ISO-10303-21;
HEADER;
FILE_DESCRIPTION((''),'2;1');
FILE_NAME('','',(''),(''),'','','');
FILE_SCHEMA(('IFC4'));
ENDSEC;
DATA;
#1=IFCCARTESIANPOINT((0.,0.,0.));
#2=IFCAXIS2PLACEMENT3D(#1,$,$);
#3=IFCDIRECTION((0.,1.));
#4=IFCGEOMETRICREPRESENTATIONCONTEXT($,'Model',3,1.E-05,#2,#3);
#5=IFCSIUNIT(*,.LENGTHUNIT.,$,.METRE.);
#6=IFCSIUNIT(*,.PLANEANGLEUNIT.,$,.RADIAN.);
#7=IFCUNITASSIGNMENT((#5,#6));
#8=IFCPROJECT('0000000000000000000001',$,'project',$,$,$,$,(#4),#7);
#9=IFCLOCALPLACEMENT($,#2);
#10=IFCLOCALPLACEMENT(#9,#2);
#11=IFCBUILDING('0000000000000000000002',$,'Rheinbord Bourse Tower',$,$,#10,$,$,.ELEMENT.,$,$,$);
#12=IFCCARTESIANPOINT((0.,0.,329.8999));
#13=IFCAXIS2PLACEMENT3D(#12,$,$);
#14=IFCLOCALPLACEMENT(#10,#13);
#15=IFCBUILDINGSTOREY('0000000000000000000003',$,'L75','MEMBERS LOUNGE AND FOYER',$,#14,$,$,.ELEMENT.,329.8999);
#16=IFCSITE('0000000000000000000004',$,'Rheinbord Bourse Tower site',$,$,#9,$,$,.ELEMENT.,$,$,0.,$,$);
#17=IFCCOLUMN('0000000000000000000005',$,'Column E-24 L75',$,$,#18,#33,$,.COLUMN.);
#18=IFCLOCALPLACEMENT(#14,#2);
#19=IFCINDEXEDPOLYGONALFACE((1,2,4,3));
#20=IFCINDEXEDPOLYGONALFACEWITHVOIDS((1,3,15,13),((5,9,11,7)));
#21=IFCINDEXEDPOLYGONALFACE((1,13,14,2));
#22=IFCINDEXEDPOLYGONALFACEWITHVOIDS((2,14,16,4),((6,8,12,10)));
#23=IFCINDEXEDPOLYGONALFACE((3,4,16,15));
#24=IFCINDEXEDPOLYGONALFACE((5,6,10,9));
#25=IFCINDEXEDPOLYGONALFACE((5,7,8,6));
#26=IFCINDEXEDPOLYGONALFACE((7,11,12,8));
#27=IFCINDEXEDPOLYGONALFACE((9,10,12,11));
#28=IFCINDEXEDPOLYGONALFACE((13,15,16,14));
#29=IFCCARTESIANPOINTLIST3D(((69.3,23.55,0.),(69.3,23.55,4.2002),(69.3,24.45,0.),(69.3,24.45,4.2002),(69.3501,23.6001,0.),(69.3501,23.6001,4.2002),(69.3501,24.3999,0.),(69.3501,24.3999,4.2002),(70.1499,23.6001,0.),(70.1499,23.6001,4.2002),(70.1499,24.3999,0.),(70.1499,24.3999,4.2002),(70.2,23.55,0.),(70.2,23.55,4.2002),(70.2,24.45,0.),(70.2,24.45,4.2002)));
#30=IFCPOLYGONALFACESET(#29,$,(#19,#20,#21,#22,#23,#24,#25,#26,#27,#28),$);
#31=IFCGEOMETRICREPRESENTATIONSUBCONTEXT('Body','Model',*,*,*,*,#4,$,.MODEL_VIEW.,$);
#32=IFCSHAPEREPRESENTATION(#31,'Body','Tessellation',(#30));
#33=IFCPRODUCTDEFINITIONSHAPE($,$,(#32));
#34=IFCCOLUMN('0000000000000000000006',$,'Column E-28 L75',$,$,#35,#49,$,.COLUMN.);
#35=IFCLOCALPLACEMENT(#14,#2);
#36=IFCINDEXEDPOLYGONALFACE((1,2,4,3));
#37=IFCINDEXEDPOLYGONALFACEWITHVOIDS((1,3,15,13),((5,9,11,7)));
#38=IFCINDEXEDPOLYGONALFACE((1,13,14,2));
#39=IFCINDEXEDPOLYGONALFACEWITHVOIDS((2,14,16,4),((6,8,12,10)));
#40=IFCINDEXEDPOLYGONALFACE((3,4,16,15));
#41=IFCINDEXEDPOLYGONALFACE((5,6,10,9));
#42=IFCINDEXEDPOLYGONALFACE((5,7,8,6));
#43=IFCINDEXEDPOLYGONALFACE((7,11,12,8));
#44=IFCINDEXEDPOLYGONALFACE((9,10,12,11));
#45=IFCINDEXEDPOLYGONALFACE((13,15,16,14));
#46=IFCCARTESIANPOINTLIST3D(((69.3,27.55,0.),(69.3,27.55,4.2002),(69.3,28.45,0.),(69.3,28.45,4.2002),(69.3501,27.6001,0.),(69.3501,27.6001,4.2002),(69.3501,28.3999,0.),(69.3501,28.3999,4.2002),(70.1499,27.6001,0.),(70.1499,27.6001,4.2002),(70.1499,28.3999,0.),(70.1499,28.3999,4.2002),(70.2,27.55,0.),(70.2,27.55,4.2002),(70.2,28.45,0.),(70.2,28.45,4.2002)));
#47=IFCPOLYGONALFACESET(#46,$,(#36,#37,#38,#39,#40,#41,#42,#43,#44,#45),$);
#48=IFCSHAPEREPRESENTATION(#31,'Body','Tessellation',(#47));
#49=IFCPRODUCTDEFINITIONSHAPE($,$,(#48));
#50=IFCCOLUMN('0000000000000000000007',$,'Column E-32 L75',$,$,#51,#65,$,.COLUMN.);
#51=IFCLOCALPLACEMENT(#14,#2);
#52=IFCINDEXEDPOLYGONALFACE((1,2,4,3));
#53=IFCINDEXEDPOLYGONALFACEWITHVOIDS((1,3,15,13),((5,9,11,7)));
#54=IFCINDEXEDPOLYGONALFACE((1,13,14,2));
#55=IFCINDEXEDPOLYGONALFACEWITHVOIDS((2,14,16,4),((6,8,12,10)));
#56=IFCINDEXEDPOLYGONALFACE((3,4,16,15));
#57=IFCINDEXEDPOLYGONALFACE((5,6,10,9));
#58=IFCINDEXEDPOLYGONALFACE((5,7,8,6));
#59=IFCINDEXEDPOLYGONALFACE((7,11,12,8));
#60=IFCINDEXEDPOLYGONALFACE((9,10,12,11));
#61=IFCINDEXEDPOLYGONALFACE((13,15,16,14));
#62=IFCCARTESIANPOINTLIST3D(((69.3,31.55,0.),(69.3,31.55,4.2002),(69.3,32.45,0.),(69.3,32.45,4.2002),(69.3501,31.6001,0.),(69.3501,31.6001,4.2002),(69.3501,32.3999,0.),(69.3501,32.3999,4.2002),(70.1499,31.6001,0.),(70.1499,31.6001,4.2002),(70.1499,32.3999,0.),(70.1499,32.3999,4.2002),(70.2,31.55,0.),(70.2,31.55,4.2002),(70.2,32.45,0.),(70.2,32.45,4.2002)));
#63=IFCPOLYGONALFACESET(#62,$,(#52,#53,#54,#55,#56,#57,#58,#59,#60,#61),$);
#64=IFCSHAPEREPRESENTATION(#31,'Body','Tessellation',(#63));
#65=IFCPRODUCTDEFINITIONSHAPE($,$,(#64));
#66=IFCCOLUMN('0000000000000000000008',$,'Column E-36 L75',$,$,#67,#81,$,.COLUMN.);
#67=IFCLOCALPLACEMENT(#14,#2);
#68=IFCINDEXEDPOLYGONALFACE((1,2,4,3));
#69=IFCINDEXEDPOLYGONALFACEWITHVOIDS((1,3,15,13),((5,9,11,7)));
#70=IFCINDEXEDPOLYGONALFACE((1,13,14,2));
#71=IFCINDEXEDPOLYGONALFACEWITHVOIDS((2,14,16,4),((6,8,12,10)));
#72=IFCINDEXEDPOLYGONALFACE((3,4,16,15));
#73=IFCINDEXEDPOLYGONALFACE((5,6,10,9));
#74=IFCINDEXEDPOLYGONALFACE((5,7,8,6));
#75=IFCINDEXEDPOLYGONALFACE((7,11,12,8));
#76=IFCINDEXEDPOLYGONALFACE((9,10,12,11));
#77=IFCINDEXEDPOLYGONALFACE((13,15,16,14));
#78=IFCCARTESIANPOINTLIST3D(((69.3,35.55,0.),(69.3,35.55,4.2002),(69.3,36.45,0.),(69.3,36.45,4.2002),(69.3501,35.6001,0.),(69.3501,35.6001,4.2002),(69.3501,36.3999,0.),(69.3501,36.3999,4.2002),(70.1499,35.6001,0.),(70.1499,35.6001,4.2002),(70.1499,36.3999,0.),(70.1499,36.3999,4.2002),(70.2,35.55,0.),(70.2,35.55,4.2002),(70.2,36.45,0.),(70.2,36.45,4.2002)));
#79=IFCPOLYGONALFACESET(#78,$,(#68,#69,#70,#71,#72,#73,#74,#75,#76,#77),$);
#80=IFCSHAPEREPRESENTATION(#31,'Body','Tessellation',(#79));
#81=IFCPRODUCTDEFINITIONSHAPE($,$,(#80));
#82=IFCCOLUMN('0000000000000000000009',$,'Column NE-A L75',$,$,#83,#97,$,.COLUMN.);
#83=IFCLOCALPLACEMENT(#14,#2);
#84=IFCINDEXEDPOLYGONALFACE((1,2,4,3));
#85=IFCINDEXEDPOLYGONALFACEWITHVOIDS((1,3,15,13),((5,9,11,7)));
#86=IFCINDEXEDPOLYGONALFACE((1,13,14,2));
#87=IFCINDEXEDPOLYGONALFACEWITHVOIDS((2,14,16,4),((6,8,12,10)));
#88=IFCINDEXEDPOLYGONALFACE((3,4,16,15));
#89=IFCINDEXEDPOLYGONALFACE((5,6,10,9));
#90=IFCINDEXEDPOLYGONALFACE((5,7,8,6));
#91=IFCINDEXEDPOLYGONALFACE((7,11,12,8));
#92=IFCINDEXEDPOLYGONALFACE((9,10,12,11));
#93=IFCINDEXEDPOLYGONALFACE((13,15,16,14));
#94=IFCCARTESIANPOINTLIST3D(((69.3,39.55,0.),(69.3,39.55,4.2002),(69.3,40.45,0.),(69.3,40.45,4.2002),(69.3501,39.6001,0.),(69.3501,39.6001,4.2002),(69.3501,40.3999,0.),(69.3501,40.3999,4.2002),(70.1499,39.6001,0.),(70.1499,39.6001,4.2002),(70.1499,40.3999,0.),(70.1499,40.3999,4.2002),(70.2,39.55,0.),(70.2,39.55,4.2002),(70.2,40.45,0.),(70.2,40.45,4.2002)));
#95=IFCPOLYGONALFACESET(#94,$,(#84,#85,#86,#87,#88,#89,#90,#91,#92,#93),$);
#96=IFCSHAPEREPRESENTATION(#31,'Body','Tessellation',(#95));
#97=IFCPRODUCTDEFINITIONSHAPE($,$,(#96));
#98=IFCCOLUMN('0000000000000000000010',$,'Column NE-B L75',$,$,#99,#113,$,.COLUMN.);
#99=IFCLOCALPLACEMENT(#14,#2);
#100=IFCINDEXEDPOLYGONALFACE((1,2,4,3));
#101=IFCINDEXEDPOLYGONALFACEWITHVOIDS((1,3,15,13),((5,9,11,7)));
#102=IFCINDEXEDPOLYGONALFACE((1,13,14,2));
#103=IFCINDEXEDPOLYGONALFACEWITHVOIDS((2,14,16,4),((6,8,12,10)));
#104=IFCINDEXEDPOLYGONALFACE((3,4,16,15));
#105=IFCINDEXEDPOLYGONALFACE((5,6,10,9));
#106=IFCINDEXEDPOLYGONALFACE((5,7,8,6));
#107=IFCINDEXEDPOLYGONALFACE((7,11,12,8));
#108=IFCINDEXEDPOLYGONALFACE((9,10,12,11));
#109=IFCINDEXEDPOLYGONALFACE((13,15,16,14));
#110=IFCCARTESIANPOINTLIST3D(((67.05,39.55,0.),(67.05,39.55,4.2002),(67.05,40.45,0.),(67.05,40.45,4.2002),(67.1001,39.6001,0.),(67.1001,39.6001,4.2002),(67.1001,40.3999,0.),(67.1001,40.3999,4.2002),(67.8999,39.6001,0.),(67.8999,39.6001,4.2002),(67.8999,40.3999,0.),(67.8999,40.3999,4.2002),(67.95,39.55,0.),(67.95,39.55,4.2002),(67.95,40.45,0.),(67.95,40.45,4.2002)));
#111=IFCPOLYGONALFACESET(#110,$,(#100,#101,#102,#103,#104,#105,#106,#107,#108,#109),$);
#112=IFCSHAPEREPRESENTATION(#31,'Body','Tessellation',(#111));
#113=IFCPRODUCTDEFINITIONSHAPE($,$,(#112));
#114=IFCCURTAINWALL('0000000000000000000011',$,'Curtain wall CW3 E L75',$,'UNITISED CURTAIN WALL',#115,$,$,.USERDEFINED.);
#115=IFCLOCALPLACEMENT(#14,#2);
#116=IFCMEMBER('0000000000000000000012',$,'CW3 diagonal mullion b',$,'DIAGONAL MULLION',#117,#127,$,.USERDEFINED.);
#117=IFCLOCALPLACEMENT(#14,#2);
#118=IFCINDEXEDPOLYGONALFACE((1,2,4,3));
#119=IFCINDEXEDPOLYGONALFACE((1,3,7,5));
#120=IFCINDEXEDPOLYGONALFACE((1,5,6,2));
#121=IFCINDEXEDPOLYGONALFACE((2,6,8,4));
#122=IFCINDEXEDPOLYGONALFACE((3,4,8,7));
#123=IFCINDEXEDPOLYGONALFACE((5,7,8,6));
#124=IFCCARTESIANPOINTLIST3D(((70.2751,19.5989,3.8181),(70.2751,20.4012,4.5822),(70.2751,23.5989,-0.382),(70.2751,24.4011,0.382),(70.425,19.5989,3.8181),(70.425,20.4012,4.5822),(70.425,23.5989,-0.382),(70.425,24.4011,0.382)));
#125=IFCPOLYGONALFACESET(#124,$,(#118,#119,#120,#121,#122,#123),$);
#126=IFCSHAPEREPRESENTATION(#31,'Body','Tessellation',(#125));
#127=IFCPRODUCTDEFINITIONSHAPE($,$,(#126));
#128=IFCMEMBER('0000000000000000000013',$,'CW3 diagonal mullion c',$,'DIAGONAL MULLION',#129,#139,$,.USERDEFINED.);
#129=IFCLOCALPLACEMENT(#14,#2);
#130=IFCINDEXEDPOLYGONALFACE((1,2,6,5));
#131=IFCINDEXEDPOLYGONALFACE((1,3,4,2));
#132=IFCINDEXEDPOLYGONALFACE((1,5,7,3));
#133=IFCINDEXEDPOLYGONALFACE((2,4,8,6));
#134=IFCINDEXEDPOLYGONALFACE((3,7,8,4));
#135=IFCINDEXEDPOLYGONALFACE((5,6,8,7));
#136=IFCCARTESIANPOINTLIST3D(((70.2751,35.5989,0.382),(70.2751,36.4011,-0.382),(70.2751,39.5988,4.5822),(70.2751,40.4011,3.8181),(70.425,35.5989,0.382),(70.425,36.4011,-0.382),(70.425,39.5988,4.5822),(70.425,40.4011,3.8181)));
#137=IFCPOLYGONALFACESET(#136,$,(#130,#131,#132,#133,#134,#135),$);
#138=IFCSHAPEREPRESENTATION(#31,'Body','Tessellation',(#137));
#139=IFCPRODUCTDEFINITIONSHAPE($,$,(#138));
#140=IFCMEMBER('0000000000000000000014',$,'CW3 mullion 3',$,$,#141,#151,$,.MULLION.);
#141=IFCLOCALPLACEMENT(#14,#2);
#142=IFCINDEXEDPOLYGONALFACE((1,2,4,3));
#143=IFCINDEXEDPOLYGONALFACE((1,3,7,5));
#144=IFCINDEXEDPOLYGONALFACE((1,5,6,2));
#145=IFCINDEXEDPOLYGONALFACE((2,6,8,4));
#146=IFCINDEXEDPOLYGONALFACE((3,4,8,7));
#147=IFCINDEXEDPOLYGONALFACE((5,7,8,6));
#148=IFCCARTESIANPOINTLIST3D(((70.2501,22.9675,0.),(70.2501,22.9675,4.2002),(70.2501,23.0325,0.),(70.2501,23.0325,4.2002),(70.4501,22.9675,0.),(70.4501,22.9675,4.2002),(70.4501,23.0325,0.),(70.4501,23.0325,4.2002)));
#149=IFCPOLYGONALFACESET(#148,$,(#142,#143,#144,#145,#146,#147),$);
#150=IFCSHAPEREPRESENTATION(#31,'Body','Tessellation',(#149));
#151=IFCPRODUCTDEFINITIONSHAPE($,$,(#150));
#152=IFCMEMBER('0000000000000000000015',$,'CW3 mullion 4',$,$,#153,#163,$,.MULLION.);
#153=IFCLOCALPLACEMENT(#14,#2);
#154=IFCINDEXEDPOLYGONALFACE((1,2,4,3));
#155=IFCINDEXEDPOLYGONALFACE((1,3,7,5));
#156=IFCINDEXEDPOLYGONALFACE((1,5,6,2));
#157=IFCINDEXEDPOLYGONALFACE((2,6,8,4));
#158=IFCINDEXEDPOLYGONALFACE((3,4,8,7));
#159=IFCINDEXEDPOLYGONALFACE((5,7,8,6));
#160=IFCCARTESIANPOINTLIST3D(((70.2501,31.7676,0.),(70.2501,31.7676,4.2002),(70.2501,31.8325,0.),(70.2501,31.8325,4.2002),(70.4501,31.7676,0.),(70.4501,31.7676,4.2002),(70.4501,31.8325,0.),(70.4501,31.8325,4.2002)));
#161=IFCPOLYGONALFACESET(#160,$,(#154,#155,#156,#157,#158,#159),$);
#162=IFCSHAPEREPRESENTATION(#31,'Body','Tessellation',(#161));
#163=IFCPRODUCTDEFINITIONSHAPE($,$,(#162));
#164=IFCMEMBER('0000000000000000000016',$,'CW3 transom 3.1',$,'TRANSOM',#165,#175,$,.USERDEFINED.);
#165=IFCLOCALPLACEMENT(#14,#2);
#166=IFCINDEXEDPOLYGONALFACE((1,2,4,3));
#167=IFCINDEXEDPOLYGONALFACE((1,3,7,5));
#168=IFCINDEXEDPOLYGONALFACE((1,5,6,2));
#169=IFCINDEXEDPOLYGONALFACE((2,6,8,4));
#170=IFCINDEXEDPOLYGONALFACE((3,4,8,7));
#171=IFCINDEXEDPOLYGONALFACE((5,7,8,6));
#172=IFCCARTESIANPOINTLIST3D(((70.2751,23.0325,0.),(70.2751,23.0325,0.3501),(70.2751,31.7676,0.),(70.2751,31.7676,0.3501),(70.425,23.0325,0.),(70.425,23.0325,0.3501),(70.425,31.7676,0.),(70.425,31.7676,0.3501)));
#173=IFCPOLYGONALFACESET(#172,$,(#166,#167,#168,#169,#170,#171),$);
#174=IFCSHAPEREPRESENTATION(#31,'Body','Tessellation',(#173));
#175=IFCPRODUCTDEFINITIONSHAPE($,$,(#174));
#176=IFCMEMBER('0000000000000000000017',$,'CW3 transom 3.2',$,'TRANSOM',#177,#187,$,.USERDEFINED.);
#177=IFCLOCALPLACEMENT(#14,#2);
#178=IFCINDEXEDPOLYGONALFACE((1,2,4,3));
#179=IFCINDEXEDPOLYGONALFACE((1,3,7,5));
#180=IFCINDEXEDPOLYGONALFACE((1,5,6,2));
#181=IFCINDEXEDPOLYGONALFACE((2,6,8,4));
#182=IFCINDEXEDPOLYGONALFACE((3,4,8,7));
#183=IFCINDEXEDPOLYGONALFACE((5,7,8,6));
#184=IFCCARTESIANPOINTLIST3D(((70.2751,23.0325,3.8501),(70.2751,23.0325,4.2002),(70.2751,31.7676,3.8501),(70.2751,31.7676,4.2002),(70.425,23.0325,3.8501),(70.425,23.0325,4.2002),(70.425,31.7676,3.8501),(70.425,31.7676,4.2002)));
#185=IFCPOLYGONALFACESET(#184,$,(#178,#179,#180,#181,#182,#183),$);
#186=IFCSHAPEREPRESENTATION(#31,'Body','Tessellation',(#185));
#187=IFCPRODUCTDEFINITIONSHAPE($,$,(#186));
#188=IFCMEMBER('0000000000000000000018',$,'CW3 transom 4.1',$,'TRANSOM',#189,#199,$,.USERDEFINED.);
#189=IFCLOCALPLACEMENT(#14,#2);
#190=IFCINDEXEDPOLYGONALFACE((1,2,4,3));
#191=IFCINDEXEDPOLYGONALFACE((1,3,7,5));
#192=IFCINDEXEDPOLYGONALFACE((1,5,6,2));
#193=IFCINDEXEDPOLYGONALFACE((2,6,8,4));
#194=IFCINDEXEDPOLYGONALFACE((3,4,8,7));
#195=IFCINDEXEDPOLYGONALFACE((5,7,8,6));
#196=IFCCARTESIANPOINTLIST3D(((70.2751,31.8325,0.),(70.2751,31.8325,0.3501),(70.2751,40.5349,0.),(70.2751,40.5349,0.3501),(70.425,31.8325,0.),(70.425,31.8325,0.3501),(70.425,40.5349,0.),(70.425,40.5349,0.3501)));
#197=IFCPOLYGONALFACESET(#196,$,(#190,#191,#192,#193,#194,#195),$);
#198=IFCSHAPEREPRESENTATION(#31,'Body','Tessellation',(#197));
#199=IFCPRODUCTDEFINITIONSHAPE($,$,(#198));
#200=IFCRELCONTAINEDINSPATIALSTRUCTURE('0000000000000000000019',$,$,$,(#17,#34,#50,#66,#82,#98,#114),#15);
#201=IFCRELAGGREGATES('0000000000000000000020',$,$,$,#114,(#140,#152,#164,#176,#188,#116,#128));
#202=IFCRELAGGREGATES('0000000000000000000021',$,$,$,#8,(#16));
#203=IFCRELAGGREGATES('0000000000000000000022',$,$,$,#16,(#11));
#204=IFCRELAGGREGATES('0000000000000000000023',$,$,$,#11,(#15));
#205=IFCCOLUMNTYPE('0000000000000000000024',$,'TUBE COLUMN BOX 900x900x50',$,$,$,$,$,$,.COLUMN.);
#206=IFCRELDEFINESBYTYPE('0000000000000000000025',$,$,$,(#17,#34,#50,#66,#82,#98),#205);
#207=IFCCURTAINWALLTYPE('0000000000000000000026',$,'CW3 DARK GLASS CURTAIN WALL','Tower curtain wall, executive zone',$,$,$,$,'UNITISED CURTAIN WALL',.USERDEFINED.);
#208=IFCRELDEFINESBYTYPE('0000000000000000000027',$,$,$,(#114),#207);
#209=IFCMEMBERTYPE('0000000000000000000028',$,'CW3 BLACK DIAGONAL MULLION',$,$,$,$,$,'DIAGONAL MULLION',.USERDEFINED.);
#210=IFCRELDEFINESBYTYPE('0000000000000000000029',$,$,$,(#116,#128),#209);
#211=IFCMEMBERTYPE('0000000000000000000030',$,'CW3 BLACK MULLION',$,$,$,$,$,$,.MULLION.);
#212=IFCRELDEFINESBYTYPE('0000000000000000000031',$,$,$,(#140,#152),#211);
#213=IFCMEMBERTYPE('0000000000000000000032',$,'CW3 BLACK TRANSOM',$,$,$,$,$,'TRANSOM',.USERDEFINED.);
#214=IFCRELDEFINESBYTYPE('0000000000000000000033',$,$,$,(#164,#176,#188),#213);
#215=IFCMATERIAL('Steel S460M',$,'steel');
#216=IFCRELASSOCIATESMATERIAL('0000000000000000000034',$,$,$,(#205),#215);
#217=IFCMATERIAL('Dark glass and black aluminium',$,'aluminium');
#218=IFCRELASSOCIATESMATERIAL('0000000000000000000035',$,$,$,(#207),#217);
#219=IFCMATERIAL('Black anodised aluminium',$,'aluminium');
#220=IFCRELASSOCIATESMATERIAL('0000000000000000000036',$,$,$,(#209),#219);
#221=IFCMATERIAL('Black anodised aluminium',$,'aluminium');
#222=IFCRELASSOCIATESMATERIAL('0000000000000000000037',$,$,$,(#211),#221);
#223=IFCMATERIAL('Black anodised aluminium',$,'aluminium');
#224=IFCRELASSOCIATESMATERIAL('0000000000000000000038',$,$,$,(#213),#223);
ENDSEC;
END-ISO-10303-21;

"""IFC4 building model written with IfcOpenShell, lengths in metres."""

from ifc_helpers import new_model, si_unit, direction, frame, origin, origin_2d, place, context, subcontext, project, spatial, rectangle, hollow_rectangle, extrude, material, material_profile, profile_set, type_object, element, aggregate, save


model = new_model("IFC4")

# Units and contexts
model_context = context("Model", 3, precision=1e-05, world=origin(), true_north=direction((0.0, 1.0)))
body_context = subcontext(model_context, "Body", "Model", "MODEL_VIEW")
ifc_project = project(units=[si_unit("LENGTHUNIT", "METRE"), si_unit("PLANEANGLEUNIT", "RADIAN")], contexts=[model_context])

# Site, building, storey
site_placement = place(None, origin())
site = spatial("IfcSite", under=ifc_project, at=site_placement, Name="Rheinbord Bourse Tower site", CompositionType="ELEMENT", RefElevation=0.0)
building_placement = place(site_placement, origin())
building = spatial("IfcBuilding", under=site, at=building_placement, Name="Rheinbord Bourse Tower", CompositionType="ELEMENT")
storey_placement = place(building_placement, frame((0.0, 0.0, 329.8999)))
storey = spatial("IfcBuildingStorey", under=building, at=storey_placement, Name="L75", Description="MEMBERS LOUNGE AND FOYER", CompositionType="ELEMENT", Elevation=329.8999)

# Columns
ifc_material_1 = material(Name="Steel S460M", Category="steel")
ifc_material_profile_1 = material_profile(ifc_material_1, hollow_rectangle(XDim=0.8999, YDim=0.8999, WallThickness=0.05, at=origin_2d()), Name="BOX 900x900x50")
ifc_profile_set_1 = profile_set([ifc_material_profile_1], Name="Steel S460M")
column_type = type_object("IfcColumnType", Name="TUBE COLUMN BOX 900x900x50", PredefinedType="COLUMN", material=ifc_profile_set_1)
for number, where, z_axis, x_axis, name in (
    (1, (69.75, 24.0, 0.0), (0.0, 0.0, 1.0), (1.0, 0.0, 0.0), "Column E-24 L75"),
    (2, (69.75, 28.0, 0.0), (0.0, 0.0, 1.0), (1.0, 0.0, 0.0), "Column E-28 L75"),
    (3, (69.75, 32.0, 0.0), (0.0, 0.0, 1.0), (1.0, 0.0, 0.0), "Column E-32 L75"),
    (4, (69.75, 36.0, 0.0), (0.0, 0.0, 1.0), (1.0, 0.0, 0.0), "Column E-36 L75"),
    (5, (69.75, 40.0, 0.0), (0.0, 0.0, 1.0), (1.0, 0.0, 0.0), "Column NE-A L75"),
    (6, (67.5, 40.0, 0.0), (0.0, 0.0, 1.0), (1.0, 0.0, 0.0), "Column NE-B L75"),
):
    element("IfcColumn", number, at=place(storey_placement, frame(where, z_axis=z_axis, x_axis=x_axis)), inside=storey, type_object=column_type, Name=name, PredefinedType="COLUMN", context=body_context, shape_type="SweptSolid", body=[
        extrude(hollow_rectangle(XDim=0.8999, YDim=0.8999, WallThickness=0.05, at=origin_2d()), origin(), (0.0, 0.0, 1.0), 4.2002),
    ])

# Curtain wall, members
ifc_material_2 = material(Name="Dark glass and black aluminium", Category="aluminium")
curtain_wall_type = type_object("IfcCurtainWallType", Name="CW3 DARK GLASS CURTAIN WALL", Description="Tower curtain wall, executive zone", ElementType="UNITISED CURTAIN WALL", PredefinedType="USERDEFINED", material=ifc_material_2)
curtain_wall_placement = place(storey_placement, origin())
curtain_wall = element("IfcCurtainWall", 7, at=curtain_wall_placement, inside=storey, type_object=curtain_wall_type, Name="Curtain wall CW3 E L75", ObjectType="UNITISED CURTAIN WALL", PredefinedType="USERDEFINED")
ifc_material_3 = material(Name="Black anodised aluminium", Category="aluminium")
ifc_material_profile_2 = material_profile(ifc_material_3, rectangle(XDim=0.1499, YDim=1.1079, at=origin_2d()), Name="CW3 DIAGONAL MULLION 1108x150")
ifc_profile_set_2 = profile_set([ifc_material_profile_2], Name="Black anodised aluminium")
member_type_1 = type_object("IfcMemberType", Name="CW3 BLACK DIAGONAL MULLION", ElementType="DIAGONAL MULLION", PredefinedType="USERDEFINED", material=ifc_profile_set_2)
member_1_placement = place(storey_placement, frame((70.3501, 24.0, 0.0), z_axis=(0.0, -0.689638, 0.724154), x_axis=(1.0, 0.0, 0.0)))
member_1 = element("IfcMember", 8, at=member_1_placement, type_object=member_type_1, Name="CW3 diagonal mullion b", ObjectType="DIAGONAL MULLION", PredefinedType="USERDEFINED", context=body_context, shape_type="SweptSolid", body=[
    extrude(rectangle(XDim=0.1499, YDim=1.1079, at=origin_2d()), origin(), (0.0, 0.0, 1.0), 5.8),
])
member_2_placement = place(storey_placement, frame((70.3501, 36.0, 0.0), z_axis=(0.0, 0.689638, 0.724154), x_axis=(-1.0, 0.0, 0.0)))
member_2 = element("IfcMember", 9, at=member_2_placement, type_object=member_type_1, Name="CW3 diagonal mullion c", ObjectType="DIAGONAL MULLION", PredefinedType="USERDEFINED", context=body_context, shape_type="SweptSolid", body=[
    extrude(rectangle(XDim=0.1499, YDim=1.1079, at=origin_2d()), origin(), (0.0, 0.0, 1.0), 5.8),
])
ifc_material_4 = material(Name="Black anodised aluminium", Category="aluminium")
ifc_material_profile_3 = material_profile(ifc_material_4, rectangle(XDim=0.2, YDim=0.0649, at=origin_2d()), Name="CW3 MULLION 65x200")
ifc_profile_set_3 = profile_set([ifc_material_profile_3], Name="Black anodised aluminium")
member_type_2 = type_object("IfcMemberType", Name="CW3 BLACK MULLION", PredefinedType="MULLION", material=ifc_profile_set_3)
member_3_placement = place(storey_placement, frame((70.3501, 23.0, 0.0), z_axis=(0.0, 0.0, 1.0), x_axis=(-1.0, 0.0, 0.0)))
member_3 = element("IfcMember", 10, at=member_3_placement, type_object=member_type_2, Name="CW3 mullion 3", PredefinedType="MULLION", context=body_context, shape_type="SweptSolid", body=[
    extrude(rectangle(XDim=0.2, YDim=0.0649, at=origin_2d()), origin(), (0.0, 0.0, 1.0), 4.2002),
])
member_4_placement = place(storey_placement, frame((70.3501, 31.8, 0.0), z_axis=(0.0, 0.0, 1.0), x_axis=(-1.0, 0.0, 0.0)))
member_4 = element("IfcMember", 11, at=member_4_placement, type_object=member_type_2, Name="CW3 mullion 4", PredefinedType="MULLION", context=body_context, shape_type="SweptSolid", body=[
    extrude(rectangle(XDim=0.2, YDim=0.0649, at=origin_2d()), origin(), (0.0, 0.0, 1.0), 4.2002),
])
ifc_material_5 = material(Name="Black anodised aluminium", Category="aluminium")
ifc_material_profile_4 = material_profile(ifc_material_5, rectangle(XDim=0.1499, YDim=0.3501, at=origin_2d()), Name="CW3 TRANSOM 350x150")
ifc_profile_set_4 = profile_set([ifc_material_profile_4], Name="Black anodised aluminium")
member_type_3 = type_object("IfcMemberType", Name="CW3 BLACK TRANSOM", ElementType="TRANSOM", PredefinedType="USERDEFINED", material=ifc_profile_set_4)
member_5_placement = place(storey_placement, frame((70.3501, 23.0325, 0.175), z_axis=(0.0, 1.0, 0.0), x_axis=(-1.0, 0.0, 0.0)))
member_5 = element("IfcMember", 12, at=member_5_placement, type_object=member_type_3, Name="CW3 transom 3.1", ObjectType="TRANSOM", PredefinedType="USERDEFINED", context=body_context, shape_type="SweptSolid", body=[
    extrude(rectangle(XDim=0.1499, YDim=0.3501, at=origin_2d()), origin(), (0.0, 0.0, 1.0), 8.7351),
])
member_6_placement = place(storey_placement, frame((70.3501, 23.0325, 4.0251), z_axis=(0.0, 1.0, 0.0), x_axis=(-1.0, 0.0, 0.0)))
member_6 = element("IfcMember", 13, at=member_6_placement, type_object=member_type_3, Name="CW3 transom 3.2", ObjectType="TRANSOM", PredefinedType="USERDEFINED", context=body_context, shape_type="SweptSolid", body=[
    extrude(rectangle(XDim=0.1499, YDim=0.3501, at=origin_2d()), origin(), (0.0, 0.0, 1.0), 8.7351),
])
member_7_placement = place(storey_placement, frame((70.3501, 31.8325, 0.175), z_axis=(0.0, 1.0, 0.0), x_axis=(-1.0, 0.0, 0.0)))
member_7 = element("IfcMember", 14, at=member_7_placement, type_object=member_type_3, Name="CW3 transom 4.1", ObjectType="TRANSOM", PredefinedType="USERDEFINED", context=body_context, shape_type="SweptSolid", body=[
    extrude(rectangle(XDim=0.1499, YDim=0.3501, at=origin_2d()), origin(), (0.0, 0.0, 1.0), 8.7024),
])

aggregate(curtain_wall, [member_3, member_4, member_5, member_6, member_7, member_1, member_2])

save(model, "model.ifc")
